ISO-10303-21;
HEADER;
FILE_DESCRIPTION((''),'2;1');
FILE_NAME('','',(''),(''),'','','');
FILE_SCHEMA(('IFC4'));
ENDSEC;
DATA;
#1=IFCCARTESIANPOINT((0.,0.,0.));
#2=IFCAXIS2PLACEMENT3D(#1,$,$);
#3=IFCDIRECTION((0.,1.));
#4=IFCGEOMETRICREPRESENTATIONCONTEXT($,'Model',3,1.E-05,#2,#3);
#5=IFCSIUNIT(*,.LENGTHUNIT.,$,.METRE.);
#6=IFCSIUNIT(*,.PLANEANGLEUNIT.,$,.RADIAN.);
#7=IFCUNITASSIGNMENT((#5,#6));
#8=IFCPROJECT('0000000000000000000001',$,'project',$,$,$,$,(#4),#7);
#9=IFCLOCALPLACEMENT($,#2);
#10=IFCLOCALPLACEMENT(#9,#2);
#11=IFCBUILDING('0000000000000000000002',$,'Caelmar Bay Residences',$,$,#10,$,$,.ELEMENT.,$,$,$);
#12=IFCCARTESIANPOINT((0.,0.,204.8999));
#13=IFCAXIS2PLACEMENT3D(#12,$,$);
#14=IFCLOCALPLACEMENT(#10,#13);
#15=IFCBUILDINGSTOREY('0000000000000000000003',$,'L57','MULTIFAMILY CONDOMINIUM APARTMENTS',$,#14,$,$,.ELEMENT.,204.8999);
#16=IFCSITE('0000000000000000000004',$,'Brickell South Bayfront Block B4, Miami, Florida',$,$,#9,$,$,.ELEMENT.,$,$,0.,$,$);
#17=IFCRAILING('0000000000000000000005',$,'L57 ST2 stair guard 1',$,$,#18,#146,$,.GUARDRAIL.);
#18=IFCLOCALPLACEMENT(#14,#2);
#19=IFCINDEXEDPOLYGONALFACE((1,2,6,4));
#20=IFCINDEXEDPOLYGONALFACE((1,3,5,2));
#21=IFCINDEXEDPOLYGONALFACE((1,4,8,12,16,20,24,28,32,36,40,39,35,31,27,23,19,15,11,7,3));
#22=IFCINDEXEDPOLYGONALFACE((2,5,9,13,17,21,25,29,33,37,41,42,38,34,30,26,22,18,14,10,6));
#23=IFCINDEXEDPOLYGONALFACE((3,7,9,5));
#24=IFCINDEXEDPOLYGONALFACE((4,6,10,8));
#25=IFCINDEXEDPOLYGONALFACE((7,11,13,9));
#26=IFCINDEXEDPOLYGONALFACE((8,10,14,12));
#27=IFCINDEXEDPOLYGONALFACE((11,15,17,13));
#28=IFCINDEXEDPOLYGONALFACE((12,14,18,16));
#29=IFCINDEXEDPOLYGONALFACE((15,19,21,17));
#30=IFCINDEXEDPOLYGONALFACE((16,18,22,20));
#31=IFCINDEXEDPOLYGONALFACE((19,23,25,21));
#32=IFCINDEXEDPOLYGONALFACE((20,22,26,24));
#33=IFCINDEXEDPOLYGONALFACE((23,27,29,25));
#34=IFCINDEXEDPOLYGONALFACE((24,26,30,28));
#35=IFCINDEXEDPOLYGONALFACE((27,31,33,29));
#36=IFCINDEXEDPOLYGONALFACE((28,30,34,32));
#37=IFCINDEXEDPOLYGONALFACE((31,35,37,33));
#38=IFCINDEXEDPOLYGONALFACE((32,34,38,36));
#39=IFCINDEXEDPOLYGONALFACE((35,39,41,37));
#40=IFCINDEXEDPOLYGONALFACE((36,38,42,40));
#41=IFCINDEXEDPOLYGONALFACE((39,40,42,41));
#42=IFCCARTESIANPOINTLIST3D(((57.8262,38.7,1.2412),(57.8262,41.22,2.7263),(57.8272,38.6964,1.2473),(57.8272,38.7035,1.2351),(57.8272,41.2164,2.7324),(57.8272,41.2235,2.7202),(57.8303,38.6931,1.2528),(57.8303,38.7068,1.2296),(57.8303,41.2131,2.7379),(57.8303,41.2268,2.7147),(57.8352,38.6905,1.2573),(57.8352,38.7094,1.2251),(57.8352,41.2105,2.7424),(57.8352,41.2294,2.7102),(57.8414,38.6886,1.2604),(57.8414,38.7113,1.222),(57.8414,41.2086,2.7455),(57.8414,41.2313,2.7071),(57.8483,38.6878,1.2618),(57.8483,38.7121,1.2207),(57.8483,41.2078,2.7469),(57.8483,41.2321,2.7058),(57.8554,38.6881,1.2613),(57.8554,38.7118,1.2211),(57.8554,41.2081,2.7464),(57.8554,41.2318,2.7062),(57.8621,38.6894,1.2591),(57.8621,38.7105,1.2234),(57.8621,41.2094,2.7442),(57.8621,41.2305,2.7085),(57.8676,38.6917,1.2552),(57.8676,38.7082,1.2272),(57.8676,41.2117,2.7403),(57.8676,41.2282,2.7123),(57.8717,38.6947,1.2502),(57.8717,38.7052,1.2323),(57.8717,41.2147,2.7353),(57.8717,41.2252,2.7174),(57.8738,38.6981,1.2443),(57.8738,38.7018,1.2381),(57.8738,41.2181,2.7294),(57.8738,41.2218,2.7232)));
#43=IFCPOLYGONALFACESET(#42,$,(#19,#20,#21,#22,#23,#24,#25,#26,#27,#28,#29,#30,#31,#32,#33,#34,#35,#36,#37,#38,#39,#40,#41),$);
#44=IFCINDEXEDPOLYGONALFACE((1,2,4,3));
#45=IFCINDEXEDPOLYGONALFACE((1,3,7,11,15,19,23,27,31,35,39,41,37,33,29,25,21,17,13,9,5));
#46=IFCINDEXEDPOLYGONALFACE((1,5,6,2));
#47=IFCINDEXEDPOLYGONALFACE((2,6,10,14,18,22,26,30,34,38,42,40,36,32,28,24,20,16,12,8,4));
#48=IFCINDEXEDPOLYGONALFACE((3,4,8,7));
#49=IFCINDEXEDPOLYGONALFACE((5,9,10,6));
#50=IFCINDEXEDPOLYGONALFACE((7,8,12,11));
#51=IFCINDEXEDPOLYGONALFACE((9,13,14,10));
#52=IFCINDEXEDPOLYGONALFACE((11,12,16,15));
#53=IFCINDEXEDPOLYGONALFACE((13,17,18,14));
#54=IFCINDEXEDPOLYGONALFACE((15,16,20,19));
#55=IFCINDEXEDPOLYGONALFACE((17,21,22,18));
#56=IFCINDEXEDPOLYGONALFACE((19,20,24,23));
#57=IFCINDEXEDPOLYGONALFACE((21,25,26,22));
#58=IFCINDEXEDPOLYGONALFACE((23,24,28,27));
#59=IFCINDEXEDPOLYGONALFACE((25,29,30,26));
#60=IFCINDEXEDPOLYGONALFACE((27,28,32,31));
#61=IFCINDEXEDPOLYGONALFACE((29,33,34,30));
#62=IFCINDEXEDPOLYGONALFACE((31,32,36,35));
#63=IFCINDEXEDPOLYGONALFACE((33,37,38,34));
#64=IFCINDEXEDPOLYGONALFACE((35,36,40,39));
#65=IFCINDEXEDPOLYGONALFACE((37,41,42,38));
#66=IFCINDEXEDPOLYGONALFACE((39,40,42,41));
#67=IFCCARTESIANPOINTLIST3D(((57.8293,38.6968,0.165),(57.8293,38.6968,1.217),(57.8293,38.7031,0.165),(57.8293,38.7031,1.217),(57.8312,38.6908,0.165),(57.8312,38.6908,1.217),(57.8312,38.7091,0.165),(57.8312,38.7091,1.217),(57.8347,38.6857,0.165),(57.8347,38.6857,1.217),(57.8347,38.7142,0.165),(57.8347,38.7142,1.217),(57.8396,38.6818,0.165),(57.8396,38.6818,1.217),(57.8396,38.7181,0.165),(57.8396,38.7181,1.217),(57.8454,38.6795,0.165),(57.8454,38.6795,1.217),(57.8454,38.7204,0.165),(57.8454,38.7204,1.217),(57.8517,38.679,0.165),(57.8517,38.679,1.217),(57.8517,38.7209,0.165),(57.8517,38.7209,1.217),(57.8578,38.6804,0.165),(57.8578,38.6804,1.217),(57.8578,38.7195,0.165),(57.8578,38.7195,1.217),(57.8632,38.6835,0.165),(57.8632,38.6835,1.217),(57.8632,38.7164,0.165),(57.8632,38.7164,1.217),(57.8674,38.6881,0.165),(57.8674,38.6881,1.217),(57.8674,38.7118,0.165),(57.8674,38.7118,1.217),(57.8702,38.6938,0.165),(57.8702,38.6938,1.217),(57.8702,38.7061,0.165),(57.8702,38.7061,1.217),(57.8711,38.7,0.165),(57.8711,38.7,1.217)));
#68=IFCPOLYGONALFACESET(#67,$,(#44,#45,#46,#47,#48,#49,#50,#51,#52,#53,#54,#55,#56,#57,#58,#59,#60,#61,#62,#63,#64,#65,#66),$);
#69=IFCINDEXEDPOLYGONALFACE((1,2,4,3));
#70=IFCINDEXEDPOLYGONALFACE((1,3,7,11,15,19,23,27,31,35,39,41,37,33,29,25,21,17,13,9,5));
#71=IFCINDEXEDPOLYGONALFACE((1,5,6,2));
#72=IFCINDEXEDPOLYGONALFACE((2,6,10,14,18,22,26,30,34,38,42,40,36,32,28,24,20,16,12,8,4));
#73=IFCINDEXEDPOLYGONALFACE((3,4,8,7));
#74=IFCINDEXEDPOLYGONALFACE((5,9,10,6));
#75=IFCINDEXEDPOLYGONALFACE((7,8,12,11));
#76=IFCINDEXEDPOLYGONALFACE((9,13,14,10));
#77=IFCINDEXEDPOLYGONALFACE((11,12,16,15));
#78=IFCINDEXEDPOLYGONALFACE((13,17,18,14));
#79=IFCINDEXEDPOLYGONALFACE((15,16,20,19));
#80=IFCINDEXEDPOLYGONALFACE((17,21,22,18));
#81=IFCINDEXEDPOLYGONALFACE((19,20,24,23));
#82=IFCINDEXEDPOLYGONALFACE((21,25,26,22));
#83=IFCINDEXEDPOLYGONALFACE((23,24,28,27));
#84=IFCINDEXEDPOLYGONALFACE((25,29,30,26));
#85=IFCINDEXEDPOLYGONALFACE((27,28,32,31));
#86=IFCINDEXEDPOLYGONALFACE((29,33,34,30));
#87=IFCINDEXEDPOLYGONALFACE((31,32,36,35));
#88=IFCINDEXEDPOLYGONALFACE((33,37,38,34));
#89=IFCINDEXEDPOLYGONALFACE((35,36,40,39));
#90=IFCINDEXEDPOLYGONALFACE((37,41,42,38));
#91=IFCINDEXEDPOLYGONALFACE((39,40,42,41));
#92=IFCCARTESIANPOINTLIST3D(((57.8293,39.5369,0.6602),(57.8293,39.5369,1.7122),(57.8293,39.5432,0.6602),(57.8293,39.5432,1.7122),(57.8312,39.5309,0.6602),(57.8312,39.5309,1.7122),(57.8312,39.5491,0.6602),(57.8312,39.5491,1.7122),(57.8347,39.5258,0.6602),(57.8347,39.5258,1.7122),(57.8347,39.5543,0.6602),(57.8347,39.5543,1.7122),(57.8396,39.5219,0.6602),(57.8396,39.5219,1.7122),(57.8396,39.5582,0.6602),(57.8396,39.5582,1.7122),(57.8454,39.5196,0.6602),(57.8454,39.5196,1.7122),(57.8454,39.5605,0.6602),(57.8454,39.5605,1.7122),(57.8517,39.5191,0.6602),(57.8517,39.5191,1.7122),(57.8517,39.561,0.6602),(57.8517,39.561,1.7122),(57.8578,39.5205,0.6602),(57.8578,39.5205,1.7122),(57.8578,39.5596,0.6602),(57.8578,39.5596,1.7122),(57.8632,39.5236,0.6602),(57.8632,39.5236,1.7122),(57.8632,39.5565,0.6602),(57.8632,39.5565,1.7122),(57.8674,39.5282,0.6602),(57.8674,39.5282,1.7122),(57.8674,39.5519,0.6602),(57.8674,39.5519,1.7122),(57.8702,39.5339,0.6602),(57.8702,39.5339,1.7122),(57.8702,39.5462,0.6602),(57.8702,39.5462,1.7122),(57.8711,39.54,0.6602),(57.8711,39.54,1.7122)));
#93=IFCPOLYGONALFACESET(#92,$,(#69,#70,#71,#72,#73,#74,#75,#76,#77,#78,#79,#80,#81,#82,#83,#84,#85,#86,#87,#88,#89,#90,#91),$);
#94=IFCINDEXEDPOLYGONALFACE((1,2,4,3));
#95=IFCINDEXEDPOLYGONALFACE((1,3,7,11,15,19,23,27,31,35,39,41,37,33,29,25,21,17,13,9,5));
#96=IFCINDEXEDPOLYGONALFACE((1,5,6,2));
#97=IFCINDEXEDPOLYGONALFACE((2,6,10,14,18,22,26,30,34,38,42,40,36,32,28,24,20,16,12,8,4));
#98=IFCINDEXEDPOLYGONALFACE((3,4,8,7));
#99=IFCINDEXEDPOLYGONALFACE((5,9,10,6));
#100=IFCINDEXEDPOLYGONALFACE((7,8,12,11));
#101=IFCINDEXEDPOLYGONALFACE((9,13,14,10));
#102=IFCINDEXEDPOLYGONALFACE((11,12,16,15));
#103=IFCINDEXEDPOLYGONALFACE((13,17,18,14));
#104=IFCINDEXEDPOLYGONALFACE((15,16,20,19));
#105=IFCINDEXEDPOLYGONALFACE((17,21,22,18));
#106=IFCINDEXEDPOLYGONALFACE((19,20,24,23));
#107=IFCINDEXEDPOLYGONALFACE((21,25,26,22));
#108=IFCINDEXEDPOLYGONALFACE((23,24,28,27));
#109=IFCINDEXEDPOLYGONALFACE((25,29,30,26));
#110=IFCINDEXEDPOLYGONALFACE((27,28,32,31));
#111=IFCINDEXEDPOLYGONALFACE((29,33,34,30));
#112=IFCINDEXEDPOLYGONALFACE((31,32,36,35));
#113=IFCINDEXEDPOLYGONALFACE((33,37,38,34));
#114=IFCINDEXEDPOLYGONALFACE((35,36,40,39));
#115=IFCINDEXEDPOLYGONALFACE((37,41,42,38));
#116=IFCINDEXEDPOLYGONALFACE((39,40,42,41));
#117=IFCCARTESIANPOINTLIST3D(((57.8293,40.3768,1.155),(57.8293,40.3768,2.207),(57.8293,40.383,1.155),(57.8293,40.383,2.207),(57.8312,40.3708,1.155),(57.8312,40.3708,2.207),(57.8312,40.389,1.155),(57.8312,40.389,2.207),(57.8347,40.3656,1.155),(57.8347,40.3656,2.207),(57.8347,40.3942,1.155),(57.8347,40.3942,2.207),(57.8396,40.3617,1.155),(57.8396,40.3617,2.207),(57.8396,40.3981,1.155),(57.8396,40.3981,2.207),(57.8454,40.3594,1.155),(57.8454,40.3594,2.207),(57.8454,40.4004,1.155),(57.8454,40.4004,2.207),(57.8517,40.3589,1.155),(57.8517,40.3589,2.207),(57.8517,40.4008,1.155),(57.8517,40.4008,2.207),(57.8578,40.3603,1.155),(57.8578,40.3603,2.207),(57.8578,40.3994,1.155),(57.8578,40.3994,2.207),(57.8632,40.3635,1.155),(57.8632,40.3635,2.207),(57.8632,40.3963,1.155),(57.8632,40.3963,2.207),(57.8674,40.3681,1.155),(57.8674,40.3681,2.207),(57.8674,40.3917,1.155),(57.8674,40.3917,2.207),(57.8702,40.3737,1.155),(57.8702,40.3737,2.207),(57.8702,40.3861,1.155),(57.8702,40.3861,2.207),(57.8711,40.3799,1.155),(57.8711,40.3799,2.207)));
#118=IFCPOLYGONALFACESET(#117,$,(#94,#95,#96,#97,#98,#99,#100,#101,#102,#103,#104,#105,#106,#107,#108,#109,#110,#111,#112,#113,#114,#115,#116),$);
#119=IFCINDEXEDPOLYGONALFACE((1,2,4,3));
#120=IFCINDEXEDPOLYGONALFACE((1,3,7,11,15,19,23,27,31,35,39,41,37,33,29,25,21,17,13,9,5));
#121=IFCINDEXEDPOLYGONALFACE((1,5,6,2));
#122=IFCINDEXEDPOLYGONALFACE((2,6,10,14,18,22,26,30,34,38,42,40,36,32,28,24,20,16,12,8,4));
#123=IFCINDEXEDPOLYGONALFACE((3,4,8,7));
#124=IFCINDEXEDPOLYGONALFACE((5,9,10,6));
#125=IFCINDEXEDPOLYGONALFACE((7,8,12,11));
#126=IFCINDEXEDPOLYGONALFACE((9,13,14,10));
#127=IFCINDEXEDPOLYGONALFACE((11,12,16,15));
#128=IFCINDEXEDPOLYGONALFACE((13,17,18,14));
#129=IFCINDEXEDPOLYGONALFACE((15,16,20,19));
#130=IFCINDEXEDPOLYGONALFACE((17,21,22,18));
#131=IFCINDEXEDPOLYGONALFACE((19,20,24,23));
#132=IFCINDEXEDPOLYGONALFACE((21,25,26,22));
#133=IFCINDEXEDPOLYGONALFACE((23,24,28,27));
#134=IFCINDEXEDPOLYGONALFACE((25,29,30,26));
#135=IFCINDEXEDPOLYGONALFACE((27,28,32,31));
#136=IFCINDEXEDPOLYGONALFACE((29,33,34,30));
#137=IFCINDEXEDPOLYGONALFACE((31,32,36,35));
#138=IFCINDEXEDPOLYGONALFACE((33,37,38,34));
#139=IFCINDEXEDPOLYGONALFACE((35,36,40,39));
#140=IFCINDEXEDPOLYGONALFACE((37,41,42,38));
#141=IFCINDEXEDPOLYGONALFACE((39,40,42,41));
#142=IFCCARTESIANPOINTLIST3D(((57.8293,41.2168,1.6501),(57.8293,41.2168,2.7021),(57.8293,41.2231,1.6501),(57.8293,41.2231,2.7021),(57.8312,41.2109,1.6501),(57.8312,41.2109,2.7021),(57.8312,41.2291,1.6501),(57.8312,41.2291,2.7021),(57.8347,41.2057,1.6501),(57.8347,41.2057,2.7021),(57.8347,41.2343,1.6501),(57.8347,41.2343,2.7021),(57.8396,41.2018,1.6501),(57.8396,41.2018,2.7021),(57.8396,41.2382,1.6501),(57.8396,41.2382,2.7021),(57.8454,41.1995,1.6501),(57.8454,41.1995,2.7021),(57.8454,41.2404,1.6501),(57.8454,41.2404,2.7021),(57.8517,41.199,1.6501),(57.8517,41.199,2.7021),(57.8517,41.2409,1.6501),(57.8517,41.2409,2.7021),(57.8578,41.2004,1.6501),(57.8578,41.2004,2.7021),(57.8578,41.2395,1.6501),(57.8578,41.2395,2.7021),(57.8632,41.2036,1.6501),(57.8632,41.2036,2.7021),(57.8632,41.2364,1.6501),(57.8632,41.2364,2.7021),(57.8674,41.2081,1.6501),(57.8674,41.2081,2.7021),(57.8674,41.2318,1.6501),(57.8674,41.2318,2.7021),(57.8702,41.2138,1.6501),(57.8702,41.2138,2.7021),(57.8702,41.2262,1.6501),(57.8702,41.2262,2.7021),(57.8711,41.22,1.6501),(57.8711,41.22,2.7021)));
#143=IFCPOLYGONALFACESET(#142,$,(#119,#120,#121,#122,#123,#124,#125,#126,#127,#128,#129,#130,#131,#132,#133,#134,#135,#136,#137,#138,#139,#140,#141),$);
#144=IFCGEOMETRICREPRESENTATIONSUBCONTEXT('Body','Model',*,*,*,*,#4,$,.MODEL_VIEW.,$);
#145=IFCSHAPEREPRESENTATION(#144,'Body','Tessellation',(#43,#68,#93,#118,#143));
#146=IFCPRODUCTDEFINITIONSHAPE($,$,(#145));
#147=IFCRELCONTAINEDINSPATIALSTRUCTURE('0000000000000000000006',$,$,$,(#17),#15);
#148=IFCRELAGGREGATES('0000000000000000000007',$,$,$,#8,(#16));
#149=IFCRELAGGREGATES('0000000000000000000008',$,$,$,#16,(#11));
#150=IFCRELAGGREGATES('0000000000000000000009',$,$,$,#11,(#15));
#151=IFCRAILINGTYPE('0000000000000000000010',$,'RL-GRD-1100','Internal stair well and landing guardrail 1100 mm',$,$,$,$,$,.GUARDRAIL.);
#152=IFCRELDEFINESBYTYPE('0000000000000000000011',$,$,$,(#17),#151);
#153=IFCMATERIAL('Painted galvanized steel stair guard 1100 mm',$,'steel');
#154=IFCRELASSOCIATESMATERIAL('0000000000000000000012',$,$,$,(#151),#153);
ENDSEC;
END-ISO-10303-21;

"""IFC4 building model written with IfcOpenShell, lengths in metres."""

from ifc_helpers import new_model, si_unit, direction, frame, origin, origin_2d, place, context, subcontext, project, spatial, circle, extrude, material, type_object, element, save


model = new_model("IFC4")

# Units and contexts
model_context = context("Model", 3, precision=1e-05, world=origin(), true_north=direction((0.0, 1.0)))
body_context = subcontext(model_context, "Body", "Model", "MODEL_VIEW")
ifc_project = project(units=[si_unit("LENGTHUNIT", "METRE"), si_unit("PLANEANGLEUNIT", "RADIAN")], contexts=[model_context])

# Site, building, storey
site_placement = place(None, origin())
site = spatial("IfcSite", under=ifc_project, at=site_placement, Name="Brickell South Bayfront Block B4, Miami, Florida", CompositionType="ELEMENT", RefElevation=0.0)
building_placement = place(site_placement, origin())
building = spatial("IfcBuilding", under=site, at=building_placement, Name="Caelmar Bay Residences", CompositionType="ELEMENT")
storey_placement = place(building_placement, frame((0.0, 0.0, 204.8999)))
storey = spatial("IfcBuildingStorey", under=building, at=storey_placement, Name="L57", Description="MULTIFAMILY CONDOMINIUM APARTMENTS", CompositionType="ELEMENT", Elevation=204.8999)

# Railing
ifc_material_1 = material(Name="Painted galvanized steel stair guard 1100 mm", Category="steel")
railing_type_1 = type_object("IfcRailingType", Name="RL-GRD-1100", Description="Internal stair well and landing guardrail 1100 mm", PredefinedType="GUARDRAIL", material=ifc_material_1)
railing_1_placement = place(storey_placement, frame((57.8501, 38.7, 0.165)))
element("IfcRailing", 1, at=railing_1_placement, inside=storey, type_object=railing_type_1, Name="L57 ST2 stair guard 1", PredefinedType="GUARDRAIL", context=body_context, shape_type="SweptSolid", body=[
    extrude(circle(Radius=0.0239, at=origin_2d()), frame((0.0, 0.0, 1.0762), z_axis=(0.0, 0.861524, 0.507717), x_axis=(-1.0, 0.0, 0.0)), (0.0, 0.0, 1.0), 2.925),
    extrude(circle(Radius=0.021, at=origin_2d()), origin(), (0.0, 0.0, 1.0), 1.052),
    extrude(circle(Radius=0.021, at=origin_2d()), frame((0.0, 0.8401, 0.4951)), (0.0, 0.0, 1.0), 1.052),
    extrude(circle(Radius=0.021, at=origin_2d()), frame((0.0, 1.6799, 0.99)), (0.0, 0.0, 1.0), 1.052),
    extrude(circle(Radius=0.021, at=origin_2d()), frame((0.0, 2.52, 1.4851)), (0.0, 0.0, 1.0), 1.052),
])

save(model, "model.ifc")
